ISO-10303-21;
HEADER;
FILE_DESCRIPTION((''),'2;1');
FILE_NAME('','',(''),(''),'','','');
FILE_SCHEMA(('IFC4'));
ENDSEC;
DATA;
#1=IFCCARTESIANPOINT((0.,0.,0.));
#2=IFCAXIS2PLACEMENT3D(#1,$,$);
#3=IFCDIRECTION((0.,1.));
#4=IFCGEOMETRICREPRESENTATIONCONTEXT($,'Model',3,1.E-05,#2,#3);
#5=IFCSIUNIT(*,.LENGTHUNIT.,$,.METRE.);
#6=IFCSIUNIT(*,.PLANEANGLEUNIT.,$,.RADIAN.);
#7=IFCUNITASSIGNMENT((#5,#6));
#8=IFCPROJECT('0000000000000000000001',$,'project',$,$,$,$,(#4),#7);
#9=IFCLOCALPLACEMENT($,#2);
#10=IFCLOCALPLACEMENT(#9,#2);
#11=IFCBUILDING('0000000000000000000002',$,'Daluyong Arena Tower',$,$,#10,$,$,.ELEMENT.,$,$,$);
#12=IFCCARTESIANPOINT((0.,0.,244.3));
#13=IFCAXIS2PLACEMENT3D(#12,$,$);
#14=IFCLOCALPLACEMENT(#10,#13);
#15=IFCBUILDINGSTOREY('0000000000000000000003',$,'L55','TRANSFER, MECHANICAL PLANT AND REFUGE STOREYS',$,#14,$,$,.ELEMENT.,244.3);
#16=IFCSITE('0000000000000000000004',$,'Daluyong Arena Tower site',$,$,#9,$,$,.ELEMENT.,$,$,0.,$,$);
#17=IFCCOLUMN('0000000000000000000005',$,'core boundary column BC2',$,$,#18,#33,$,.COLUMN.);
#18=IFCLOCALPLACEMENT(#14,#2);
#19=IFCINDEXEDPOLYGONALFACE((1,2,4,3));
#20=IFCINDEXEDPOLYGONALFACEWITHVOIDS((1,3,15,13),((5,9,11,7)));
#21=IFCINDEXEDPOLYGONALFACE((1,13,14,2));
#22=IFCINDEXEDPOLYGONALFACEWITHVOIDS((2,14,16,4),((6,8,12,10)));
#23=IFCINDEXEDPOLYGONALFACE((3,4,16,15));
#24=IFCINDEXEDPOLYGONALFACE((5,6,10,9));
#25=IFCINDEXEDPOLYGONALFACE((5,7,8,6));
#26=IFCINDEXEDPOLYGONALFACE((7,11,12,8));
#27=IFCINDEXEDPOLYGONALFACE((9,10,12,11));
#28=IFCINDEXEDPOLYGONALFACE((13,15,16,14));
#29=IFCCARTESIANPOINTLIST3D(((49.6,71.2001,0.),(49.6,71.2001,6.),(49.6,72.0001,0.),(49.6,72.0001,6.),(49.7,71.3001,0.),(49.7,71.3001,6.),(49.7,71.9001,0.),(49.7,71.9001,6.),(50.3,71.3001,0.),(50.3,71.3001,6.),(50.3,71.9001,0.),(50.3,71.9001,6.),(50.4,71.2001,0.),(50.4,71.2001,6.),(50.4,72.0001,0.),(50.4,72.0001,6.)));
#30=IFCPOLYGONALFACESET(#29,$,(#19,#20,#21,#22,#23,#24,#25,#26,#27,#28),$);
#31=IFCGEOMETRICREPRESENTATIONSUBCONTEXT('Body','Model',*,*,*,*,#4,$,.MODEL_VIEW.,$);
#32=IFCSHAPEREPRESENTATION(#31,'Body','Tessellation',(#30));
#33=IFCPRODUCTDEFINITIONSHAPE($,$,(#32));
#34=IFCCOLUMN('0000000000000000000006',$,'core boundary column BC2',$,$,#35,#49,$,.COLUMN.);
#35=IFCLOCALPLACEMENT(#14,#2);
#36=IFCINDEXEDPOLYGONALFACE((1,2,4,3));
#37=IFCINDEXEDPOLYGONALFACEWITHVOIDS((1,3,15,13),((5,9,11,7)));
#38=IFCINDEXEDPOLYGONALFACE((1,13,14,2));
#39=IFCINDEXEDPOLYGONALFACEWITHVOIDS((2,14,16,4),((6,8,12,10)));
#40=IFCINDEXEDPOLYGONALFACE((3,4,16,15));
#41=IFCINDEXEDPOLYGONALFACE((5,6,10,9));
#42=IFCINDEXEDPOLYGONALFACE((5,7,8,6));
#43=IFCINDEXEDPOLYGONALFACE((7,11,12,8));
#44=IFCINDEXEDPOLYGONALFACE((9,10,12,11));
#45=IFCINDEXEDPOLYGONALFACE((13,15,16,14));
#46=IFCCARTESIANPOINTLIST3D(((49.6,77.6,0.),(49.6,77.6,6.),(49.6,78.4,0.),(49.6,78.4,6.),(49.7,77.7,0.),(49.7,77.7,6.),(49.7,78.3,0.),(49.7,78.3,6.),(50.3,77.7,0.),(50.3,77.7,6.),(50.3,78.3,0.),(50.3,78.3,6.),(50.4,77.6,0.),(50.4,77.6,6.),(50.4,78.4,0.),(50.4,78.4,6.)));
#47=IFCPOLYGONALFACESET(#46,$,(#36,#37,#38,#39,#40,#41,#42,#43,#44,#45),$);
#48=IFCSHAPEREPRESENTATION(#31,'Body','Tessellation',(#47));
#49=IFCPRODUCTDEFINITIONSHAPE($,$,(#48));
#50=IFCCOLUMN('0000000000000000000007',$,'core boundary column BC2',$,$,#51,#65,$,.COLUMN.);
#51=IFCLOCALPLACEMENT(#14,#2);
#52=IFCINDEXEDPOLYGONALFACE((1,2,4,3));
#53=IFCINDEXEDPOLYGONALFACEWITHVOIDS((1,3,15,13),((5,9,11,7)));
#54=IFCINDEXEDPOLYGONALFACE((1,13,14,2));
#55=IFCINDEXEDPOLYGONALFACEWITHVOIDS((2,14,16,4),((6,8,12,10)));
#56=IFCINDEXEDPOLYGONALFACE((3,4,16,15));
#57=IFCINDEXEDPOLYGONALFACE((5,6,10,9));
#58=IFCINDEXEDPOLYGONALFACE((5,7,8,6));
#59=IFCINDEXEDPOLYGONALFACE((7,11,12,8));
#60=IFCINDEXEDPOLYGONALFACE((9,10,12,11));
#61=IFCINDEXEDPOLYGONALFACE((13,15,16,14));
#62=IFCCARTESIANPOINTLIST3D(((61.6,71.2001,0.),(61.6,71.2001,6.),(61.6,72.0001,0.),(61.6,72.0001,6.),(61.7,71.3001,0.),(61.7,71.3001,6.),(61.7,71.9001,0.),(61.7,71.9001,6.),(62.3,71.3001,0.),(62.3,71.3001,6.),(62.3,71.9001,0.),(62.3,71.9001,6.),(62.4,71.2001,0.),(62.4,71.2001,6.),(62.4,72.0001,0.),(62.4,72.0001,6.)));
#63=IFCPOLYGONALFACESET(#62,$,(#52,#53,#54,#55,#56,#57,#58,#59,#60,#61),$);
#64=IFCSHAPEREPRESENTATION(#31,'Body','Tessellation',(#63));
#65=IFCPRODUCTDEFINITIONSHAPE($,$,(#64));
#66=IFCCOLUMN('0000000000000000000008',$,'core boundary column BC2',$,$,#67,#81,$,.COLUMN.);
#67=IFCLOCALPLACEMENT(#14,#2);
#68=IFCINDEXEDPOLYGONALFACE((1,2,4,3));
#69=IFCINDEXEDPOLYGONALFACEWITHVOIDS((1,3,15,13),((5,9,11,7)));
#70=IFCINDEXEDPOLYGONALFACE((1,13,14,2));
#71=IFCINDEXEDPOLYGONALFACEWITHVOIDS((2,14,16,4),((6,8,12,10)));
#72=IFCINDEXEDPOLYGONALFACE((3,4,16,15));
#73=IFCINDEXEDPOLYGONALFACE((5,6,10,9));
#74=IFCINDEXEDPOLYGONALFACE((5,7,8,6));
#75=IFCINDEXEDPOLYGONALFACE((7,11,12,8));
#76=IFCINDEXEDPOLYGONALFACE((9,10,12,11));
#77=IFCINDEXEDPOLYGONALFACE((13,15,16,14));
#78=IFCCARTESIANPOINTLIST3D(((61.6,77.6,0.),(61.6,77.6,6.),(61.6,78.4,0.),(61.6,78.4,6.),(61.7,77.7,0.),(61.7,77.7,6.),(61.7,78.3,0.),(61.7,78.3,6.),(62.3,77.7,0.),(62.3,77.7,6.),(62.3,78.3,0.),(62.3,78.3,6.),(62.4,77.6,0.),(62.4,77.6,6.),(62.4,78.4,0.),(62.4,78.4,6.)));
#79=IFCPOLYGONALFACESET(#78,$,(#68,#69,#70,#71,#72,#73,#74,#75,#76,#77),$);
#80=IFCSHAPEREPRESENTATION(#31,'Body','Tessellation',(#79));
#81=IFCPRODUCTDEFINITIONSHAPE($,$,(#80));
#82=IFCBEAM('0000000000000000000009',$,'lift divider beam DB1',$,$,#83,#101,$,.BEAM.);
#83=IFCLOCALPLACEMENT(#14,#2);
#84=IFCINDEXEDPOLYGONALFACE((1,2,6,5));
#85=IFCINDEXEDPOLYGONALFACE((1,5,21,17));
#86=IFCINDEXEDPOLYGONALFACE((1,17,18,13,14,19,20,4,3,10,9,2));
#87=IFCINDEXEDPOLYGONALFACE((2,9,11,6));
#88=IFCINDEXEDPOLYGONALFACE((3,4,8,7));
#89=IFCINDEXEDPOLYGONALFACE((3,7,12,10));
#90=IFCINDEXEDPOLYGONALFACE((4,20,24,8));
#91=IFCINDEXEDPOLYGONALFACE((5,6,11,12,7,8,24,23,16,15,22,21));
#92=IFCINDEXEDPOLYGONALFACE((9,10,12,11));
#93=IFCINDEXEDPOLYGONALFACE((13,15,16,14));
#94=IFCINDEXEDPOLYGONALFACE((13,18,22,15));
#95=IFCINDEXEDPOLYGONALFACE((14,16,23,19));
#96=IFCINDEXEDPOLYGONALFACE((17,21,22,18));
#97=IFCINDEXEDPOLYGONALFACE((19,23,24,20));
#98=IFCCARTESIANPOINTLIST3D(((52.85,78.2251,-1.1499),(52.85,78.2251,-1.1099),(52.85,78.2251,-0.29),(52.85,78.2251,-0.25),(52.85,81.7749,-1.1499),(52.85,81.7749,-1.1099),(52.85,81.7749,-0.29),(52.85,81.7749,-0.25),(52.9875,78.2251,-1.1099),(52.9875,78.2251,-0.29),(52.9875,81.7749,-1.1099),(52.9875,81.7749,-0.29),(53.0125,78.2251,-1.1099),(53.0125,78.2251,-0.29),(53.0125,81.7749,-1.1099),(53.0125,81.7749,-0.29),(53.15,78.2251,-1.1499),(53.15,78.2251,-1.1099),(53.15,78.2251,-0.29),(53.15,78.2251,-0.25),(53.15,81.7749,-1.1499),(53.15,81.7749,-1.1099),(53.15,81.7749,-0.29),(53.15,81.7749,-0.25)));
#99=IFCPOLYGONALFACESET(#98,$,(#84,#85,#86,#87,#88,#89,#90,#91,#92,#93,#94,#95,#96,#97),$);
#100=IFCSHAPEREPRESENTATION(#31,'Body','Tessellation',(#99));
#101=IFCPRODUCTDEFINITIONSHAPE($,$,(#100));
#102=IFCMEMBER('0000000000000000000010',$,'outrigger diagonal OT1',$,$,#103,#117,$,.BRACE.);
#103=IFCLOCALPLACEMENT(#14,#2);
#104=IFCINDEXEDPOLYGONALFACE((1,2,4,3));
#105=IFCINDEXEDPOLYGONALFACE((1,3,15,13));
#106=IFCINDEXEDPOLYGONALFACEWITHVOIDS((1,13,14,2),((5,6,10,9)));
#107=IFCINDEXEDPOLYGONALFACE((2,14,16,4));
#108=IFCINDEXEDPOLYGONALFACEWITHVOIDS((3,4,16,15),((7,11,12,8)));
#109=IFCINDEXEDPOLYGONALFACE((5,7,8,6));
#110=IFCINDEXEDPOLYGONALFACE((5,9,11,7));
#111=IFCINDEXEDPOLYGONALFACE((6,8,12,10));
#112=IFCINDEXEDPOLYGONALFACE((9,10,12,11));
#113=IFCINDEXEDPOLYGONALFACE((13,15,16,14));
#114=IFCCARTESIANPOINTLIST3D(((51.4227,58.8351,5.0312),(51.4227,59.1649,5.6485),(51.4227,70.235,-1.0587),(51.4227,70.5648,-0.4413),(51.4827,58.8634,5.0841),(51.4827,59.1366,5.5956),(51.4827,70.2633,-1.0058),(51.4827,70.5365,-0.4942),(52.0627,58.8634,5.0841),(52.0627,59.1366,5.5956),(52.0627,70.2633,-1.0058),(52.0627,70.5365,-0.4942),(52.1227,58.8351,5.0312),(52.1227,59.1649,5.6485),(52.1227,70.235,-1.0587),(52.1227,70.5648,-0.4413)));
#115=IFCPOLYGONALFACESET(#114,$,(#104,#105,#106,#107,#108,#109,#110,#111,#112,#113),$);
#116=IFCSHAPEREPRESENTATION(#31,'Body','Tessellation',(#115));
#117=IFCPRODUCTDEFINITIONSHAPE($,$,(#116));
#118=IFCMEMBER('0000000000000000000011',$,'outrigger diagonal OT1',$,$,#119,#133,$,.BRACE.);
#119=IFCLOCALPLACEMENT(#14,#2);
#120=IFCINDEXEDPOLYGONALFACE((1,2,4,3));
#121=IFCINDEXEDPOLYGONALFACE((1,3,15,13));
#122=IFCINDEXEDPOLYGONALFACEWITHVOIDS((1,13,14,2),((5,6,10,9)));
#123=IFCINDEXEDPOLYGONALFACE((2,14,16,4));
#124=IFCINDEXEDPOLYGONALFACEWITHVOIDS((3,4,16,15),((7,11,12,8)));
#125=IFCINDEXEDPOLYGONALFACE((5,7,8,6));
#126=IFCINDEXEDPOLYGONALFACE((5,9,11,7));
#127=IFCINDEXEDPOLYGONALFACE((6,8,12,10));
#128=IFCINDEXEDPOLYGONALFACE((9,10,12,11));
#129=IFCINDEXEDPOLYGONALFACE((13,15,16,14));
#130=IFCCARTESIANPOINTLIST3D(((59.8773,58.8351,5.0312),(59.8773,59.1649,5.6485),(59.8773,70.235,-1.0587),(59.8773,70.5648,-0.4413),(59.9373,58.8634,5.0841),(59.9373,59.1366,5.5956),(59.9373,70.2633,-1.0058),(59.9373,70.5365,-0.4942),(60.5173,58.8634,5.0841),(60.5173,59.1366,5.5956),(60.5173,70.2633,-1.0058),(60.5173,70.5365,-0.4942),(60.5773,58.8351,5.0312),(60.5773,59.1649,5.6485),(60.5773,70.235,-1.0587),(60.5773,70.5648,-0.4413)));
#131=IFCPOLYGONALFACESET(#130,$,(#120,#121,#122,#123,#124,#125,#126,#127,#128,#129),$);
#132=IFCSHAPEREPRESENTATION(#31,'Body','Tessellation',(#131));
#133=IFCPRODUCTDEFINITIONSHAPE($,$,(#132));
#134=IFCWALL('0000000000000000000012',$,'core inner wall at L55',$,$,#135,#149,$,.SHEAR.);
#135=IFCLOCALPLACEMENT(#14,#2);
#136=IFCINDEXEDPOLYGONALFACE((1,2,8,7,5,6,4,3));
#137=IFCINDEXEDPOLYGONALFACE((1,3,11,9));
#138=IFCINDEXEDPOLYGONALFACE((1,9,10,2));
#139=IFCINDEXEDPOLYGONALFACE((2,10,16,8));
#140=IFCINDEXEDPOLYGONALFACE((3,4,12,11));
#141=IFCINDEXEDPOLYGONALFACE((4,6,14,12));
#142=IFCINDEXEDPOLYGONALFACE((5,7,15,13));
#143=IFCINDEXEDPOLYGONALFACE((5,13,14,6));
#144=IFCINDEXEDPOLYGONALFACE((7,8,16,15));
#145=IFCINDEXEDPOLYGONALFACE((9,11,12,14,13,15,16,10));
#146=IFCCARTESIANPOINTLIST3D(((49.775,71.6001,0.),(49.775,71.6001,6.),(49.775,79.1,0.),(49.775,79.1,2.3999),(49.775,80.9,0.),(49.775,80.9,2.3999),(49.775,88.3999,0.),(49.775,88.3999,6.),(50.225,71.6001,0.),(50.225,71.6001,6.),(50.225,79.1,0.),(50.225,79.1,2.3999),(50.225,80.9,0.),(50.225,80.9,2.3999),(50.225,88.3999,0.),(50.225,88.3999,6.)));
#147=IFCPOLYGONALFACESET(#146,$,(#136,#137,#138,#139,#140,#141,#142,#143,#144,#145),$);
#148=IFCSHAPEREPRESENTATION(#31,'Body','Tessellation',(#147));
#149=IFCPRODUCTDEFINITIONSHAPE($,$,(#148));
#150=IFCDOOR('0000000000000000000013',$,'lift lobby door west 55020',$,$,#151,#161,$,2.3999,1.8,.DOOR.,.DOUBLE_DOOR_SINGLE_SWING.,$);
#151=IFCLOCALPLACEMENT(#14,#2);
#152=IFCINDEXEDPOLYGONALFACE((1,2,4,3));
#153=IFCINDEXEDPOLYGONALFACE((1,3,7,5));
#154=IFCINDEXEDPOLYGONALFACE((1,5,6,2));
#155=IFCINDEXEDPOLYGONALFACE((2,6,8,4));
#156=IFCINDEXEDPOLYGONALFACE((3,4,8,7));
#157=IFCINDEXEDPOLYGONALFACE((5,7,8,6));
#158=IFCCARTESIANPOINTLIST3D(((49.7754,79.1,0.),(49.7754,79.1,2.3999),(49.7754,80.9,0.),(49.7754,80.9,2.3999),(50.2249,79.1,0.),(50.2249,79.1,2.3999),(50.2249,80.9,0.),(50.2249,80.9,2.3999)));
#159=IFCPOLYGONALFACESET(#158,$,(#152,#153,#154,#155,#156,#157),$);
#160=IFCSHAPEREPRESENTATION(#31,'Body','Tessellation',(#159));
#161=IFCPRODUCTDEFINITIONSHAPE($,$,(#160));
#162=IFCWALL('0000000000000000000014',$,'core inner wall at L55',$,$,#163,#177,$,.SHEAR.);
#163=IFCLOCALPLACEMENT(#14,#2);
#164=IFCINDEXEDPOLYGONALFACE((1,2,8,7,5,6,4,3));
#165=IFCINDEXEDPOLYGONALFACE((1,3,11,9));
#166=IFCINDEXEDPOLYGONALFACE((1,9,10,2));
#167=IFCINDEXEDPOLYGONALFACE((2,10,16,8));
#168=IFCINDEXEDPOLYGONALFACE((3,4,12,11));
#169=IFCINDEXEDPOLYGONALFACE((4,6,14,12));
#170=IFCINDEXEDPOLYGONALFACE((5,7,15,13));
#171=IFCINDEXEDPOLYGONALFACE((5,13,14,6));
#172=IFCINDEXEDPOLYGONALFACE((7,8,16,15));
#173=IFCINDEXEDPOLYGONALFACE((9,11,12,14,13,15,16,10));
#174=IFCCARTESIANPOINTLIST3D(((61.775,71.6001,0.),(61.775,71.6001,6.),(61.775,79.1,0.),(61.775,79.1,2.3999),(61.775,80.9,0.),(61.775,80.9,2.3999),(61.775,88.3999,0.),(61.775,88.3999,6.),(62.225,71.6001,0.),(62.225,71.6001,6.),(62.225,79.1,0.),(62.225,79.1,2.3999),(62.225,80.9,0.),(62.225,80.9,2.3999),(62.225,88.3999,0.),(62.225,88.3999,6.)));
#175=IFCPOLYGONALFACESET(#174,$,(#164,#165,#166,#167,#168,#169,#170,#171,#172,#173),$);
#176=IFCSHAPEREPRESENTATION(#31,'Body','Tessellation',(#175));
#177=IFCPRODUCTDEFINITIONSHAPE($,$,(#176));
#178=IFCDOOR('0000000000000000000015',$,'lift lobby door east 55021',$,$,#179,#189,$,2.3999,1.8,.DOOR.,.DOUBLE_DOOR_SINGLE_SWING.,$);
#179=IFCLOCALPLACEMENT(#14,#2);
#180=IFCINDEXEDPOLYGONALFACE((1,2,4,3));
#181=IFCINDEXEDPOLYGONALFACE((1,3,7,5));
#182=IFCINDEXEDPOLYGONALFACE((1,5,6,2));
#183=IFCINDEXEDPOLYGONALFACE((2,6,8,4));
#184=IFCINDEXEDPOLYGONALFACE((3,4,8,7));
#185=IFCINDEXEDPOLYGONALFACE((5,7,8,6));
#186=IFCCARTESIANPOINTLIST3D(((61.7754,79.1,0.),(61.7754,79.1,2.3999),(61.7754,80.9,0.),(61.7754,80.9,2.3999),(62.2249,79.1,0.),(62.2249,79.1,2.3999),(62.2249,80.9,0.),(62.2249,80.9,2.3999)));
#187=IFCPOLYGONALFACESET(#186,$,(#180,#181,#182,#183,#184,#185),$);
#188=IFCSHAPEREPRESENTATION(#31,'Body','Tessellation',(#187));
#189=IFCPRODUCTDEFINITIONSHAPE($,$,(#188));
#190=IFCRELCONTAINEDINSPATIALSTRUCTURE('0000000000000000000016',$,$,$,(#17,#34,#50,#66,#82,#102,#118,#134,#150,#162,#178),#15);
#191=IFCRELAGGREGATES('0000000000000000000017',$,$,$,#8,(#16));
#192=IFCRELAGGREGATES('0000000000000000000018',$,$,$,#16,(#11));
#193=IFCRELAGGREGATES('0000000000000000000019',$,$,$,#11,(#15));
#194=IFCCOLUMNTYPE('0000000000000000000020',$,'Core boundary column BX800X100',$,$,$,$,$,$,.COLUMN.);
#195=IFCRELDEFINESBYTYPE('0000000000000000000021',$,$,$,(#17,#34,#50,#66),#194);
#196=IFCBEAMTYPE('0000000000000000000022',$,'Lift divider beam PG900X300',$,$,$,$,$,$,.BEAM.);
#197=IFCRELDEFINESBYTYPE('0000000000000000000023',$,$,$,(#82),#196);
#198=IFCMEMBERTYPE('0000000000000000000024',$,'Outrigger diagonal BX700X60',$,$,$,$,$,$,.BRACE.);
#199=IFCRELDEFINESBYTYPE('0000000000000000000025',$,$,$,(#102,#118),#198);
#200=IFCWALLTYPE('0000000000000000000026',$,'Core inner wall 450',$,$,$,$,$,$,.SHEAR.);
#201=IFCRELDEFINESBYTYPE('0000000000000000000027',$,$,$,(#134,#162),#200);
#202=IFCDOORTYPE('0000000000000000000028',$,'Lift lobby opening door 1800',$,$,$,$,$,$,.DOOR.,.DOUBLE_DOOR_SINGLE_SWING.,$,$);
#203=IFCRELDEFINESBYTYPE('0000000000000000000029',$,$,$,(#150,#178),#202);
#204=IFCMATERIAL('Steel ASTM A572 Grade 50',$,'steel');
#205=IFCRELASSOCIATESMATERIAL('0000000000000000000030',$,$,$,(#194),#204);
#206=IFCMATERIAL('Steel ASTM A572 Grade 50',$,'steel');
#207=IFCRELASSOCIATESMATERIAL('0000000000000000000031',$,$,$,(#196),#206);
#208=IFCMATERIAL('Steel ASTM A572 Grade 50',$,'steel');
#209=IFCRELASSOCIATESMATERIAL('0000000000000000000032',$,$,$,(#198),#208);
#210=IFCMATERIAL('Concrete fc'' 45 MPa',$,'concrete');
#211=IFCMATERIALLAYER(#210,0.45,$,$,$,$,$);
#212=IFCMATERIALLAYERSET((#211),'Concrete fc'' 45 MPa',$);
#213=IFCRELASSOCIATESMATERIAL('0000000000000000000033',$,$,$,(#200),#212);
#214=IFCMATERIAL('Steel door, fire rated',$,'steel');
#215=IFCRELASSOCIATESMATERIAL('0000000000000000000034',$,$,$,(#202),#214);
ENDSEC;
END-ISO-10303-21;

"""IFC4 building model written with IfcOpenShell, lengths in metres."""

from ifc_helpers import new_model, si_unit, direction, frame, frame_2d, origin, origin_2d, place, context, subcontext, project, spatial, rectangle, hollow_rectangle, i_section, extrude, material, layer, layer_set, material_profile, profile_set, type_object, element, fill, save


model = new_model("IFC4")

# Units and contexts
model_context = context("Model", 3, precision=1e-05, world=origin(), true_north=direction((0.0, 1.0)))
body_context = subcontext(model_context, "Body", "Model", "MODEL_VIEW")
ifc_project = project(units=[si_unit("LENGTHUNIT", "METRE"), si_unit("PLANEANGLEUNIT", "RADIAN")], contexts=[model_context])

# Site, building, storey
site_placement = place(None, origin())
site = spatial("IfcSite", under=ifc_project, at=site_placement, Name="Daluyong Arena Tower site", CompositionType="ELEMENT", RefElevation=0.0)
building_placement = place(site_placement, origin())
building = spatial("IfcBuilding", under=site, at=building_placement, Name="Daluyong Arena Tower", CompositionType="ELEMENT")
storey_placement = place(building_placement, frame((0.0, 0.0, 244.3)))
storey = spatial("IfcBuildingStorey", under=building, at=storey_placement, Name="L55", Description="TRANSFER, MECHANICAL PLANT AND REFUGE STOREYS", CompositionType="ELEMENT", Elevation=244.3)

# Columns
ifc_material_1 = material(Name="Steel ASTM A572 Grade 50", Category="steel")
ifc_material_profile_1 = material_profile(ifc_material_1, hollow_rectangle(XDim=0.8, YDim=0.8, WallThickness=0.1, at=origin_2d()))
ifc_profile_set_1 = profile_set([ifc_material_profile_1], Name="Steel ASTM A572 Grade 50")
column_type = type_object("IfcColumnType", Name="Core boundary column BX800X100", PredefinedType="COLUMN", material=ifc_profile_set_1)
for number, where, z_axis, x_axis, name in (
    (1, (50.0, 71.6001, 0.0), (0.0, 0.0, 1.0), (1.0, 0.0, 0.0), "core boundary column BC2"),
    (2, (50.0, 78.0, 0.0), (0.0, 0.0, 1.0), (1.0, 0.0, 0.0), "core boundary column BC2"),
    (3, (62.0, 71.6001, 0.0), (0.0, 0.0, 1.0), (1.0, 0.0, 0.0), "core boundary column BC2"),
    (4, (62.0, 78.0, 0.0), (0.0, 0.0, 1.0), (1.0, 0.0, 0.0), "core boundary column BC2"),
):
    element("IfcColumn", number, at=place(storey_placement, frame(where, z_axis=z_axis, x_axis=x_axis)), inside=storey, type_object=column_type, Name=name, PredefinedType="COLUMN", context=body_context, shape_type="SweptSolid", body=[
        extrude(hollow_rectangle(XDim=0.8, YDim=0.8, WallThickness=0.1, at=origin_2d()), origin(), (0.0, 0.0, 1.0), 6.0),
    ])

# Beam
ifc_material_2 = material(Name="Steel ASTM A572 Grade 50", Category="steel")
ifc_material_profile_2 = material_profile(ifc_material_2, i_section(OverallWidth=0.3, OverallDepth=0.8999, WebThickness=0.025, FlangeThickness=0.04, at=origin_2d()))
ifc_profile_set_2 = profile_set([ifc_material_profile_2], Name="Steel ASTM A572 Grade 50")
beam_type = type_object("IfcBeamType", Name="Lift divider beam PG900X300", PredefinedType="BEAM", material=ifc_profile_set_2)
beam_placement = place(storey_placement, frame((53.0, 78.2251, -0.7), z_axis=(0.0, 1.0, 0.0), x_axis=(-1.0, 0.0, 0.0)))
element("IfcBeam", 5, at=beam_placement, inside=storey, type_object=beam_type, Name="lift divider beam DB1", PredefinedType="BEAM", context=body_context, shape_type="SweptSolid", body=[
    extrude(i_section(OverallWidth=0.3, OverallDepth=0.8999, WebThickness=0.025, FlangeThickness=0.04, at=origin_2d()), origin(), (0.0, 0.0, 1.0), 3.5498),
])

# Members
ifc_material_3 = material(Name="Steel ASTM A572 Grade 50", Category="steel")
ifc_material_profile_3 = material_profile(ifc_material_3, hollow_rectangle(XDim=0.7, YDim=0.7, WallThickness=0.06, at=origin_2d()))
ifc_profile_set_3 = profile_set([ifc_material_profile_3], Name="Steel ASTM A572 Grade 50")
member_type = type_object("IfcMemberType", Name="Outrigger diagonal BX700X60", PredefinedType="BRACE", material=ifc_profile_set_3)
for number, where, z_axis, x_axis, name in (
    (6, (51.7727, 70.3999, -0.75), (0.0, -0.882035, 0.471184), (1.0, 0.0, 0.0), "outrigger diagonal OT1"),
    (7, (60.2273, 70.3999, -0.75), (0.0, -0.882035, 0.471184), (1.0, 0.0, 0.0), "outrigger diagonal OT1"),
):
    element("IfcMember", number, at=place(storey_placement, frame(where, z_axis=z_axis, x_axis=x_axis)), inside=storey, type_object=member_type, Name=name, PredefinedType="BRACE", context=body_context, shape_type="SweptSolid", body=[
        extrude(hollow_rectangle(XDim=0.7, YDim=0.7, WallThickness=0.06, at=origin_2d()), origin(), (0.0, 0.0, 1.0), 12.9246),
    ])

# Walls, openings, doors
ifc_material_4 = material(Name="Concrete fc' 45 MPa", Category="concrete")
ifc_layer_1 = layer(ifc_material_4, 0.45)
ifc_layer_set_1 = layer_set([ifc_layer_1], Name="Concrete fc' 45 MPa")
wall_type_1 = type_object("IfcWallType", Name="Core inner wall 450", PredefinedType="SHEAR", material=ifc_layer_set_1)
wall_1_placement = place(storey_placement, frame((50.0, 71.6001, 0.0), z_axis=(0.0, 0.0, 1.0), x_axis=(0.0, 1.0, 0.0)))
wall_1 = element("IfcWall", 8, at=wall_1_placement, inside=storey, type_object=wall_type_1, Name="core inner wall at L55", PredefinedType="SHEAR", context=body_context, shape_type="SweptSolid", body=[
    extrude(rectangle(XDim=16.7998, YDim=0.45, at=frame_2d((8.3999, 0.0))), origin(), (0.0, 0.0, 1.0), 6.0),
])
opening_1_placement = place(wall_1_placement, frame((7.5, 0.0, 0.0)))
opening_1 = element("IfcOpeningElement", 9, at=opening_1_placement, cuts=wall_1, PredefinedType="OPENING", context=body_context, shape_type="SweptSolid", body=[
    extrude(rectangle(XDim=1.8, YDim=2.3999, at=frame_2d((0.8999, 1.2))), frame((0.0, 0.2349, 0.0), z_axis=(0.0, -1.0, 0.0), x_axis=(1.0, 0.0, 0.0)), (0.0, 0.0, 1.0), 0.47),
])
ifc_material_5 = material(Name="Steel door, fire rated", Category="steel")
door_type_1 = type_object("IfcDoorType", Name="Lift lobby opening door 1800", OperationType="DOUBLE_DOOR_SINGLE_SWING", PredefinedType="DOOR", material=ifc_material_5)
door_1_placement = place(opening_1_placement, origin())
door_1 = element("IfcDoor", 10, at=door_1_placement, inside=storey, type_object=door_type_1, Name="lift lobby door west 55020", OperationType="DOUBLE_DOOR_SINGLE_SWING", OverallHeight=2.3999, OverallWidth=1.8, PredefinedType="DOOR", context=body_context, shape_type="SweptSolid", body=[
    extrude(rectangle(XDim=1.8, YDim=2.3999, at=frame_2d((0.8999, 1.2))), frame((0.0, 0.2246, 0.0), z_axis=(0.0, -1.0, 0.0), x_axis=(1.0, 0.0, 0.0)), (0.0, 0.0, 1.0), 0.4495),
])
fill(opening_1, door_1)
wall_2_placement = place(storey_placement, frame((62.0, 71.6001, 0.0), z_axis=(0.0, 0.0, 1.0), x_axis=(0.0, 1.0, 0.0)))
wall_2 = element("IfcWall", 11, at=wall_2_placement, inside=storey, type_object=wall_type_1, Name="core inner wall at L55", PredefinedType="SHEAR", context=body_context, shape_type="SweptSolid", body=[
    extrude(rectangle(XDim=16.7998, YDim=0.45, at=frame_2d((8.3999, 0.0))), origin(), (0.0, 0.0, 1.0), 6.0),
])
opening_2_placement = place(wall_2_placement, frame((7.5, 0.0, 0.0)))
opening_2 = element("IfcOpeningElement", 12, at=opening_2_placement, cuts=wall_2, PredefinedType="OPENING", context=body_context, shape_type="SweptSolid", body=[
    extrude(rectangle(XDim=1.8, YDim=2.3999, at=frame_2d((0.8999, 1.2))), frame((0.0, 0.2349, 0.0), z_axis=(0.0, -1.0, 0.0), x_axis=(1.0, 0.0, 0.0)), (0.0, 0.0, 1.0), 0.47),
])
door_2_placement = place(opening_2_placement, origin())
door_2 = element("IfcDoor", 13, at=door_2_placement, inside=storey, type_object=door_type_1, Name="lift lobby door east 55021", OperationType="DOUBLE_DOOR_SINGLE_SWING", OverallHeight=2.3999, OverallWidth=1.8, PredefinedType="DOOR", context=body_context, shape_type="SweptSolid", body=[
    extrude(rectangle(XDim=1.8, YDim=2.3999, at=frame_2d((0.8999, 1.2))), frame((0.0, 0.2246, 0.0), z_axis=(0.0, -1.0, 0.0), x_axis=(1.0, 0.0, 0.0)), (0.0, 0.0, 1.0), 0.4495),
])
fill(opening_2, door_2)

save(model, "model.ifc")
